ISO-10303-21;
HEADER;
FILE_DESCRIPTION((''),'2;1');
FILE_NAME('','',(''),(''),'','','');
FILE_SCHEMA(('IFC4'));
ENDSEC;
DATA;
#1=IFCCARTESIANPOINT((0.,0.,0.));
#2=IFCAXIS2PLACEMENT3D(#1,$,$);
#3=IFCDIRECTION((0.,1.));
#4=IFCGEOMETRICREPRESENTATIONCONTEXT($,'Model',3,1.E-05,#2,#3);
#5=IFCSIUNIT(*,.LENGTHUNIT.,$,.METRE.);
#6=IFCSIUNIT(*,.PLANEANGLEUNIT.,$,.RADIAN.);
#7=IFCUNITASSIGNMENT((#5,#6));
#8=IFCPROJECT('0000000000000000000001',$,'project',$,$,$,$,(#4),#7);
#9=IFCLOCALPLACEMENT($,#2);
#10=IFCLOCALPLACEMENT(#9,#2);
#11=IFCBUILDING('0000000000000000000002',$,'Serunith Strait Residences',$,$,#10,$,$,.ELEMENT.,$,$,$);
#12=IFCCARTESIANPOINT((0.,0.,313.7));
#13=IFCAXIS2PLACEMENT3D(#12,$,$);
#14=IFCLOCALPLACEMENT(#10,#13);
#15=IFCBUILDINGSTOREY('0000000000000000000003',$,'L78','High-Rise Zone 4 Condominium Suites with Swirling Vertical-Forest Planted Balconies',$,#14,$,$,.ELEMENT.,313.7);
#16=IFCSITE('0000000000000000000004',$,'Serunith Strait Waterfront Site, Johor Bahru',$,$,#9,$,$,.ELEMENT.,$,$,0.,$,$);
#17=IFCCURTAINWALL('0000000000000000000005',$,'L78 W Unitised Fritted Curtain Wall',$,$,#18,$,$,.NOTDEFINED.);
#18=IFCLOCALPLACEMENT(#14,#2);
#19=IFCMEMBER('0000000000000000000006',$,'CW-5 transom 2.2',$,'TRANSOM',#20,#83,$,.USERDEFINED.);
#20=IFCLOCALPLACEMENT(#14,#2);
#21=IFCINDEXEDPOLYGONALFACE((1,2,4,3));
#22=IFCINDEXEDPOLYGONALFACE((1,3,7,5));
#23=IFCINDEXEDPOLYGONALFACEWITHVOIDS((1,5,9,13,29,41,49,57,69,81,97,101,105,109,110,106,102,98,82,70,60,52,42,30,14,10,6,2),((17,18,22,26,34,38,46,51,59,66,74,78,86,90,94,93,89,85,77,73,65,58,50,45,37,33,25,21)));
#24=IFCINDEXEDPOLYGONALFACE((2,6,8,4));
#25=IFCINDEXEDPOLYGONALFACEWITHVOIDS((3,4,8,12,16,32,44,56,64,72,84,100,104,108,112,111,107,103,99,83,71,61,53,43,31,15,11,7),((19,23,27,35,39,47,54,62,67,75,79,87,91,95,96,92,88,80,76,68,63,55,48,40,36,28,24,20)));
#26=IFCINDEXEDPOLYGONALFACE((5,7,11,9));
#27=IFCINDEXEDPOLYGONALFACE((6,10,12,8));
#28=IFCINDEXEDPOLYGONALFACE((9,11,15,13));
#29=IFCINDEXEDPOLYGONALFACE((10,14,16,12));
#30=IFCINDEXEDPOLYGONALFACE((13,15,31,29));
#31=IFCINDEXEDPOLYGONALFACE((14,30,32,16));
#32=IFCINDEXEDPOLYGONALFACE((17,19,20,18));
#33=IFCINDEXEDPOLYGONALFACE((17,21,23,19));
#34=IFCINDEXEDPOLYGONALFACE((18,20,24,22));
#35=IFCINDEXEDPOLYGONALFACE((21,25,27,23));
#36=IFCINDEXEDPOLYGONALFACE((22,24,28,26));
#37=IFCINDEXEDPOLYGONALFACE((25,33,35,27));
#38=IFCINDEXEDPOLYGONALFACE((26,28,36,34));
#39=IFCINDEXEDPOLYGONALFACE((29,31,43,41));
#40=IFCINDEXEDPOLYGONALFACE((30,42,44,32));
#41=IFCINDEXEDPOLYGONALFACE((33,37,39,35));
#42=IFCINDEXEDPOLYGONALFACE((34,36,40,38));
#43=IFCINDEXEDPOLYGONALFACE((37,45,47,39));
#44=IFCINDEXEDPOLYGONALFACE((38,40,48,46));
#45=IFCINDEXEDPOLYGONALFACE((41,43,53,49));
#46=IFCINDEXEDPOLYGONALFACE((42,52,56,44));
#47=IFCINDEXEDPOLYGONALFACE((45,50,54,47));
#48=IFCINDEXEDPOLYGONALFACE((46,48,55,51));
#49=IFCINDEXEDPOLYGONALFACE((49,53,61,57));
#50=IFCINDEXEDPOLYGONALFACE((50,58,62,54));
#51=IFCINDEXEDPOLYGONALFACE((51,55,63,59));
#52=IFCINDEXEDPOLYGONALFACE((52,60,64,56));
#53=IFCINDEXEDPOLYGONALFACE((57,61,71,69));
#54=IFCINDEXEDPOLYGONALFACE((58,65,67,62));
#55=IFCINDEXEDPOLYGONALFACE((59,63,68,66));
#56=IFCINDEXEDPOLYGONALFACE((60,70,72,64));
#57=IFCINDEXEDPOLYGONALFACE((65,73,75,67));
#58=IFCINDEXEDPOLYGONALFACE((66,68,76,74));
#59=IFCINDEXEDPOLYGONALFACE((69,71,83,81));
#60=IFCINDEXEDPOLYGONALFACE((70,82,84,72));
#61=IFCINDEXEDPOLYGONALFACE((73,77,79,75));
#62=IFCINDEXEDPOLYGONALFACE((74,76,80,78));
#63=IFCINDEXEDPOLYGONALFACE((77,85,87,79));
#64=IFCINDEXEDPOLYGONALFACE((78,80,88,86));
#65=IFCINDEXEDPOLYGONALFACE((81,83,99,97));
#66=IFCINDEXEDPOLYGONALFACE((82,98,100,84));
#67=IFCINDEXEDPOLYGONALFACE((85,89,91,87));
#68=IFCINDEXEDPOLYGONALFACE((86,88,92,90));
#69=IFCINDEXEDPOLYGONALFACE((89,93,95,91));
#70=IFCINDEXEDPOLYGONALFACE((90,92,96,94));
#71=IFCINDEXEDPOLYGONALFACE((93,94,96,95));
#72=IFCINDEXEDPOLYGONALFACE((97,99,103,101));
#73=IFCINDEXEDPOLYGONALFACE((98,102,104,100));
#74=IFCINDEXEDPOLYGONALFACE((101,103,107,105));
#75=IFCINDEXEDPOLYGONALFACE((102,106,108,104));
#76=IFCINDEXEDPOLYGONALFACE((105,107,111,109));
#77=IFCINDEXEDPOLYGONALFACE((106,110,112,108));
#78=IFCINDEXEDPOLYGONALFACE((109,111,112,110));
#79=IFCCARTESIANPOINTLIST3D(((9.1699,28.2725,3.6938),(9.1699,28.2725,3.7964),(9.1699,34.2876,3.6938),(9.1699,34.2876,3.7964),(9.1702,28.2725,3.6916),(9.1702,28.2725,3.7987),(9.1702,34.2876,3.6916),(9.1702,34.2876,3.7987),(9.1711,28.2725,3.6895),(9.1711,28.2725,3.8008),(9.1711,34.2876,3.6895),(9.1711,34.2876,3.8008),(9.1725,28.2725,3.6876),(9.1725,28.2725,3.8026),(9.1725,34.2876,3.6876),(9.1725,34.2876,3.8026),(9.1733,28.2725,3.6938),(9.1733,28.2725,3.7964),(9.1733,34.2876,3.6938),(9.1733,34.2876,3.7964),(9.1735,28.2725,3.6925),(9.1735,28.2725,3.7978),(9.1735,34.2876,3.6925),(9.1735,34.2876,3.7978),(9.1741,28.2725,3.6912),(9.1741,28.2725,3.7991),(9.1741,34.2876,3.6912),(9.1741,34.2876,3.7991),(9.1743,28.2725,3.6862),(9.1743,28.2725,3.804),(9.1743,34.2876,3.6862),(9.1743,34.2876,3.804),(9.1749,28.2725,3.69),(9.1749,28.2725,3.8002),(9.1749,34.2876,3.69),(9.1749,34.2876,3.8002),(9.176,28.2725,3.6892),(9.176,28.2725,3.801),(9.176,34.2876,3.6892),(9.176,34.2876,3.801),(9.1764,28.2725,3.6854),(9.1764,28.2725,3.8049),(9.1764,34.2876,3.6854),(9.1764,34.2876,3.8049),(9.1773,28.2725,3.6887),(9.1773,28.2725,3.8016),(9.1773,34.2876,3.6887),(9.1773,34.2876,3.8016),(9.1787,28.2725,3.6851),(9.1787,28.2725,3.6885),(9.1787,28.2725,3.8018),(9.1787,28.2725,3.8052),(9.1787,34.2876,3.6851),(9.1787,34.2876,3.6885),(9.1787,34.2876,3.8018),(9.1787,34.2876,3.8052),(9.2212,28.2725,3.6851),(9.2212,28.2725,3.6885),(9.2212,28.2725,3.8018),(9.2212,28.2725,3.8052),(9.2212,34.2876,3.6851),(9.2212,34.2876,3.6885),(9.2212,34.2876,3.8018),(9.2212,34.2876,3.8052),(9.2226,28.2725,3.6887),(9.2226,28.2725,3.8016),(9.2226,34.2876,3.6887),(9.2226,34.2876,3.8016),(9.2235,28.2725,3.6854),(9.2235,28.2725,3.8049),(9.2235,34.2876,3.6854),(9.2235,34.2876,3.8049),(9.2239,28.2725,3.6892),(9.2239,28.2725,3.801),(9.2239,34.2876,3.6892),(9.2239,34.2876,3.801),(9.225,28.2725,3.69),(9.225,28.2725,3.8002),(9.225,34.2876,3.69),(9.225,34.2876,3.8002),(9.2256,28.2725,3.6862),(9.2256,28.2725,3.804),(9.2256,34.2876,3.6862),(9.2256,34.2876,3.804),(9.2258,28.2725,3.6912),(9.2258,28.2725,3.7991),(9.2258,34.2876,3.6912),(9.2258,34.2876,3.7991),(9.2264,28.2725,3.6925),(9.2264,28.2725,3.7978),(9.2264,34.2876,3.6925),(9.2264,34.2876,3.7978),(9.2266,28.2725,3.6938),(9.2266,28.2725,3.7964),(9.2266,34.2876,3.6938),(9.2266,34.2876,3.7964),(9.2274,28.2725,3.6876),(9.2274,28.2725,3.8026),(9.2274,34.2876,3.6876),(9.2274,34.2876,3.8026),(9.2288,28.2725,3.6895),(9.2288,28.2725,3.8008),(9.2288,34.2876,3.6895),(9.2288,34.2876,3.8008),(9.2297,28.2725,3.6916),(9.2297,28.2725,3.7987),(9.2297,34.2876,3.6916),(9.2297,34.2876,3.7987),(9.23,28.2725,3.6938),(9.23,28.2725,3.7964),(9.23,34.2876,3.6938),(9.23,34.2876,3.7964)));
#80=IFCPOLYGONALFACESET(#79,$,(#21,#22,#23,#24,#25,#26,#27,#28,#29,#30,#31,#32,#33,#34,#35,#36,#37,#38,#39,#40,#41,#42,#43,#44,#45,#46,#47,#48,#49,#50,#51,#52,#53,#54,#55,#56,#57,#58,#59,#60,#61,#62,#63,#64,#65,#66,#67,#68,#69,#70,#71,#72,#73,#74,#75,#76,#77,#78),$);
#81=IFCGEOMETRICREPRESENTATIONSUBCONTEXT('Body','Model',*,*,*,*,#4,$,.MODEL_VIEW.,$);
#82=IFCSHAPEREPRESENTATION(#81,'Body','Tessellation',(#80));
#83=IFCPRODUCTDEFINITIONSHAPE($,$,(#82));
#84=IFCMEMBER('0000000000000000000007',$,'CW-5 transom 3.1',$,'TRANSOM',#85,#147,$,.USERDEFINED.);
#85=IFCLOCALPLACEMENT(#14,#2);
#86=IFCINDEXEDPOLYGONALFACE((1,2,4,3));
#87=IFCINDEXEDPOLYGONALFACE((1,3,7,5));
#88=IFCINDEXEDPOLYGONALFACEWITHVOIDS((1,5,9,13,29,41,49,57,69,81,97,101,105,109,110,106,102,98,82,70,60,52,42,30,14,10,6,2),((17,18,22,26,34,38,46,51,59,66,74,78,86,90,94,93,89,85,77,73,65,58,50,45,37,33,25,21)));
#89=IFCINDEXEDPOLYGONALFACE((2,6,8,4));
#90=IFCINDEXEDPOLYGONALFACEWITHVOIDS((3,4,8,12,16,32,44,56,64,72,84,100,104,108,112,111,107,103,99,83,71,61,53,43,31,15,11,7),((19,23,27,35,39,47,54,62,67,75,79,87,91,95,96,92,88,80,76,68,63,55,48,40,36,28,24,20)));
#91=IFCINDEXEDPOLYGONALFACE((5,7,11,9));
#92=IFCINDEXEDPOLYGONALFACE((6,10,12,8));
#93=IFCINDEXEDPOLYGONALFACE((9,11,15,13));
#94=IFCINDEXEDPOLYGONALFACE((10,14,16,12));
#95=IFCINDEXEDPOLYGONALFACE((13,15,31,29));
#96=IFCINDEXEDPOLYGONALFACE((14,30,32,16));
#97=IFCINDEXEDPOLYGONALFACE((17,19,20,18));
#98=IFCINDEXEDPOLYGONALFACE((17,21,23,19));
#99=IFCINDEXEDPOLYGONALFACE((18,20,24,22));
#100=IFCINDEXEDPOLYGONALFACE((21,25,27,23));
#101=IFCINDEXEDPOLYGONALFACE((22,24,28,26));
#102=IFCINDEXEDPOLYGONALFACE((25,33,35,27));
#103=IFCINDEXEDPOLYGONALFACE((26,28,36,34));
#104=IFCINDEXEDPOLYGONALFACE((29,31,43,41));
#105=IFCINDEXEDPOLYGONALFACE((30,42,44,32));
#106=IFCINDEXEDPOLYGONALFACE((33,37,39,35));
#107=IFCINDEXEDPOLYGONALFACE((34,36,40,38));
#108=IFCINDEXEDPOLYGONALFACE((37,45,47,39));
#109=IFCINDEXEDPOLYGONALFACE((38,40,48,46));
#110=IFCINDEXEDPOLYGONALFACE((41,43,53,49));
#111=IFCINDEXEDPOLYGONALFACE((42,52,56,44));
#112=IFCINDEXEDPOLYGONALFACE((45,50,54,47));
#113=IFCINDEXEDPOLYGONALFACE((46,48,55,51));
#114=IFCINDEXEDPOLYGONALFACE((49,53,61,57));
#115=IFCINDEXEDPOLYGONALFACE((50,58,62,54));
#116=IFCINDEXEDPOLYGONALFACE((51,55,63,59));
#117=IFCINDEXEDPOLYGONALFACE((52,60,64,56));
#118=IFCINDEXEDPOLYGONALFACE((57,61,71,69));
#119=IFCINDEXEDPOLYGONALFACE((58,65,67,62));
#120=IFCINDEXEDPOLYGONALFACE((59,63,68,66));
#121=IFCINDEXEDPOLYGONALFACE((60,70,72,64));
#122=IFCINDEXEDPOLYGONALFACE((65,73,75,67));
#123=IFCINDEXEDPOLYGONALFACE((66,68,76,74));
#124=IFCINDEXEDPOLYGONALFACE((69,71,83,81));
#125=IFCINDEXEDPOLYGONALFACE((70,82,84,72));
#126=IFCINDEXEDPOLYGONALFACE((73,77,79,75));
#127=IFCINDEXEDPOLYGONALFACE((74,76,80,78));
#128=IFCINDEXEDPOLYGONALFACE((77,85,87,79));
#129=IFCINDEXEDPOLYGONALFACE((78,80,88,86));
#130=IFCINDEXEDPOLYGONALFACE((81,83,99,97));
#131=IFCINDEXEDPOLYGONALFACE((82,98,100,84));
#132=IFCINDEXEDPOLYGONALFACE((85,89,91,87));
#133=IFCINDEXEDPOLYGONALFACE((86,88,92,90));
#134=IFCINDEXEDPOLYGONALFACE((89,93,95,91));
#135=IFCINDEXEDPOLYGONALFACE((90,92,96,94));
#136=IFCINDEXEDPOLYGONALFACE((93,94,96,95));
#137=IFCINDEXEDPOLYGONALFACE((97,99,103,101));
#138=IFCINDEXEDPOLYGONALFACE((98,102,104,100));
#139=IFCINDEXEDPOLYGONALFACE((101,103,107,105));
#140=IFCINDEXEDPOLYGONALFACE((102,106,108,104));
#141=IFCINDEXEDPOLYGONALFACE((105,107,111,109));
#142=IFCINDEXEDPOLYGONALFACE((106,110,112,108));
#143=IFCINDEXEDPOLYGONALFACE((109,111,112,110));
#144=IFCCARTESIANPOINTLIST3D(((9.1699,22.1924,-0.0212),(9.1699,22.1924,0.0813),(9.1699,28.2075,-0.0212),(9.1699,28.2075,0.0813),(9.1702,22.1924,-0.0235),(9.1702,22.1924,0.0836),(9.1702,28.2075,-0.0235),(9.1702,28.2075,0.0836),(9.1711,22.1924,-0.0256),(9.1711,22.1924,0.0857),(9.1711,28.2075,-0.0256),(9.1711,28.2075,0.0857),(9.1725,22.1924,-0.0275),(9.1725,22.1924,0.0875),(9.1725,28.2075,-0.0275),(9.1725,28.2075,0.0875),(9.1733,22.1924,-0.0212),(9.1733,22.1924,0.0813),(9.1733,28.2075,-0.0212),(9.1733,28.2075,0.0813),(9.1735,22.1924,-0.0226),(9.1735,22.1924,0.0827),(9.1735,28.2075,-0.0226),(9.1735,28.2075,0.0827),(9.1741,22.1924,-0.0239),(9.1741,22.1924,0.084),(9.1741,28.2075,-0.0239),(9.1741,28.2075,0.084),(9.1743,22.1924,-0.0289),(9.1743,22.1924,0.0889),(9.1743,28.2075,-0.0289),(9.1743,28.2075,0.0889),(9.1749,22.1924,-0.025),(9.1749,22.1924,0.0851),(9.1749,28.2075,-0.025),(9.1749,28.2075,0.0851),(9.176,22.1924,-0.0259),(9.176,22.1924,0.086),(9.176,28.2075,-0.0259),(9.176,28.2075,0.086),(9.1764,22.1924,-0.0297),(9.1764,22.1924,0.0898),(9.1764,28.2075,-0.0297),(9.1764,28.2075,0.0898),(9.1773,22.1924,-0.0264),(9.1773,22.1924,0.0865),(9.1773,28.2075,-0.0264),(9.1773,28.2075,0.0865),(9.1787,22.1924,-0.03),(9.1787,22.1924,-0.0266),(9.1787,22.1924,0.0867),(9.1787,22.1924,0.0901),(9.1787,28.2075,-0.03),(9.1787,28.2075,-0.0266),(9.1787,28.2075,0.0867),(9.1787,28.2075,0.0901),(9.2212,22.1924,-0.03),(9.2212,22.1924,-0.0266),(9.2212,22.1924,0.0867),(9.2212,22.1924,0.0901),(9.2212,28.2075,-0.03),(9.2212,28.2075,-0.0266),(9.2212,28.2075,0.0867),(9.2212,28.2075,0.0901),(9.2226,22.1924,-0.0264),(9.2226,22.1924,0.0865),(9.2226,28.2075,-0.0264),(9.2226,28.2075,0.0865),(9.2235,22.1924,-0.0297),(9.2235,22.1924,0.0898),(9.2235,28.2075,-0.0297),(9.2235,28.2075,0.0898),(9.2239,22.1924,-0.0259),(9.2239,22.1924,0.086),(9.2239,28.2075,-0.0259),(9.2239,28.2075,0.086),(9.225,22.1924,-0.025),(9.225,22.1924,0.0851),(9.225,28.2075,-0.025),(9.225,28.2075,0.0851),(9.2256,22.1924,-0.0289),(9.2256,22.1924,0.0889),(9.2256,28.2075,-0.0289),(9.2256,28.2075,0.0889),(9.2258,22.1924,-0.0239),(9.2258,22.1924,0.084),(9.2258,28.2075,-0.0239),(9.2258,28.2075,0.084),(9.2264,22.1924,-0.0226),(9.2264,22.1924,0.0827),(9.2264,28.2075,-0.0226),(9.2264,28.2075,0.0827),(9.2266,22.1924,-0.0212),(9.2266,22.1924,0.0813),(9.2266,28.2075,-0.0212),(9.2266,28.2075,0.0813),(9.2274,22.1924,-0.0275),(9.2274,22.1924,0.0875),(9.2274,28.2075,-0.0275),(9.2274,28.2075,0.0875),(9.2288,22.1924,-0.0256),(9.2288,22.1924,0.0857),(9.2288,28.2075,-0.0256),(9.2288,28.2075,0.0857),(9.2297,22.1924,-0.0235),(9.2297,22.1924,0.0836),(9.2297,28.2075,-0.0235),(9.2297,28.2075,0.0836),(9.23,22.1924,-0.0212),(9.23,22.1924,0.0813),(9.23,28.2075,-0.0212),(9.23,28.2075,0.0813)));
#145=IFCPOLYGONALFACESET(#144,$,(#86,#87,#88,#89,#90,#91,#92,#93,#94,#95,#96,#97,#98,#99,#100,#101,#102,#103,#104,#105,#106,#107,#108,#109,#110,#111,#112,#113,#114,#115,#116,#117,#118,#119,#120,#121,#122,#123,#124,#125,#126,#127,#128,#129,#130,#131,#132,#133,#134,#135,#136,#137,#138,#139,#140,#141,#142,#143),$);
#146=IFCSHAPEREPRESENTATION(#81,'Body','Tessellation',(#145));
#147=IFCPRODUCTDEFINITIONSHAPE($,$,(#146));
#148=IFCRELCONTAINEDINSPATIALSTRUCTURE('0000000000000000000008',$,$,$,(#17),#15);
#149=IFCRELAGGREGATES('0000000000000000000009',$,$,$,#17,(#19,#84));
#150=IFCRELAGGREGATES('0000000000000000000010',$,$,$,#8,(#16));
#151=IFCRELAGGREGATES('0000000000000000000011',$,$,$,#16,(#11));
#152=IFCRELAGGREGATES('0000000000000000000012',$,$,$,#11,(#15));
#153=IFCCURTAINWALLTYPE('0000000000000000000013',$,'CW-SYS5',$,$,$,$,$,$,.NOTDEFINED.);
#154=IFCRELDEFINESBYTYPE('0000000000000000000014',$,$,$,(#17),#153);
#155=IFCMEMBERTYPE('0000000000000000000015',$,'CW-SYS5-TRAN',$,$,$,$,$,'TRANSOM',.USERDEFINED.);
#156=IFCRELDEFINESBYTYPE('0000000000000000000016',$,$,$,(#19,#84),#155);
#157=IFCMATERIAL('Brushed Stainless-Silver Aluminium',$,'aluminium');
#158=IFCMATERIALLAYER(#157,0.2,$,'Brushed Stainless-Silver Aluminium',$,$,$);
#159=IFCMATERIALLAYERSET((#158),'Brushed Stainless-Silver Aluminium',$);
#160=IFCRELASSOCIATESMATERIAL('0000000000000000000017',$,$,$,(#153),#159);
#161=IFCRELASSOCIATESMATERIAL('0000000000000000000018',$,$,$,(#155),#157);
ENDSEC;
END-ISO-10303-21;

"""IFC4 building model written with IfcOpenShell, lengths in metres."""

from ifc_helpers import new_model, si_unit, direction, frame, origin, origin_2d, place, context, subcontext, project, spatial, hollow_rectangle, extrude, source, transform, mapped, material, layer, layer_set, material_profile, profile_set, type_object, element, aggregate, save


model = new_model("IFC4")

# Units and contexts
model_context = context("Model", 3, precision=1e-05, world=origin(), true_north=direction((0.0, 1.0)))
body_context = subcontext(model_context, "Body", "Model", "MODEL_VIEW")
ifc_project = project(units=[si_unit("LENGTHUNIT", "METRE"), si_unit("PLANEANGLEUNIT", "RADIAN")], contexts=[model_context])

# Site, building, storey
site_placement = place(None, origin())
site = spatial("IfcSite", under=ifc_project, at=site_placement, Name="Serunith Strait Waterfront Site, Johor Bahru", CompositionType="ELEMENT", RefElevation=0.0)
building_placement = place(site_placement, origin())
building = spatial("IfcBuilding", under=site, at=building_placement, Name="Serunith Strait Residences", CompositionType="ELEMENT")
storey_placement = place(building_placement, frame((0.0, 0.0, 313.7)))
storey = spatial("IfcBuildingStorey", under=building, at=storey_placement, Name="L78", Description="High-Rise Zone 4 Condominium Suites with Swirling Vertical-Forest Planted Balconies", CompositionType="ELEMENT", Elevation=313.7)

# Curtain wall, members
ifc_material_1 = material(Name="Brushed Stainless-Silver Aluminium", Category="aluminium")
ifc_layer_1 = layer(ifc_material_1, 0.2, Name="Brushed Stainless-Silver Aluminium")
ifc_layer_set_1 = layer_set([ifc_layer_1], Name="Brushed Stainless-Silver Aluminium")
curtain_wall_type = type_object("IfcCurtainWallType", Name="CW-SYS5", PredefinedType="NOTDEFINED", material=ifc_layer_set_1)
curtain_wall_placement = place(storey_placement, origin())
curtain_wall = element("IfcCurtainWall", 1, at=curtain_wall_placement, inside=storey, type_object=curtain_wall_type, Name="L78 W Unitised Fritted Curtain Wall", PredefinedType="NOTDEFINED")
ifc_material_profile_1 = material_profile(ifc_material_1, hollow_rectangle(XDim=0.0601, YDim=0.1201, WallThickness=0.0034, InnerFilletRadius=0.0054, OuterFilletRadius=0.0088, at=origin_2d()), Name="ALU 120x60x3.5")
ifc_profile_set_1 = profile_set([ifc_material_profile_1], Name="Brushed Stainless-Silver Aluminium")
member_type_1 = type_object("IfcMemberType", Name="CW-SYS5-TRAN", ElementType="TRANSOM", PredefinedType="USERDEFINED", material=ifc_profile_set_1)
shared_shape_1 = source(origin(), body_context, "Body", "SweptSolid", [
    extrude(hollow_rectangle(XDim=0.0601, YDim=0.1201, WallThickness=0.0034, InnerFilletRadius=0.0054, OuterFilletRadius=0.0088, at=origin_2d()), origin(), (0.0, 0.0, 1.0), 6.0151),
])
member_1_placement = place(storey_placement, frame((9.2, 34.2876, 3.7451), z_axis=(0.0, -1.0, 0.0), x_axis=(1.0, 0.0, 0.0)))
member_1 = element("IfcMember", 2, at=member_1_placement, type_object=member_type_1, Name="CW-5 transom 2.2", ObjectType="TRANSOM", PredefinedType="USERDEFINED", context=body_context, shape_type="MappedRepresentation", body=[
    mapped(shared_shape_1, transform((0.0, 0.0, 0.0), scale=1.0)),
])
member_2_placement = place(storey_placement, frame((9.2, 28.2075, 0.03), z_axis=(0.0, -1.0, 0.0), x_axis=(1.0, 0.0, 0.0)))
member_2 = element("IfcMember", 3, at=member_2_placement, type_object=member_type_1, Name="CW-5 transom 3.1", ObjectType="TRANSOM", PredefinedType="USERDEFINED", context=body_context, shape_type="MappedRepresentation", body=[
    mapped(shared_shape_1, transform((0.0, 0.0, 0.0), scale=1.0)),
])
aggregate(curtain_wall, [member_1, member_2])

save(model, "model.ifc")
